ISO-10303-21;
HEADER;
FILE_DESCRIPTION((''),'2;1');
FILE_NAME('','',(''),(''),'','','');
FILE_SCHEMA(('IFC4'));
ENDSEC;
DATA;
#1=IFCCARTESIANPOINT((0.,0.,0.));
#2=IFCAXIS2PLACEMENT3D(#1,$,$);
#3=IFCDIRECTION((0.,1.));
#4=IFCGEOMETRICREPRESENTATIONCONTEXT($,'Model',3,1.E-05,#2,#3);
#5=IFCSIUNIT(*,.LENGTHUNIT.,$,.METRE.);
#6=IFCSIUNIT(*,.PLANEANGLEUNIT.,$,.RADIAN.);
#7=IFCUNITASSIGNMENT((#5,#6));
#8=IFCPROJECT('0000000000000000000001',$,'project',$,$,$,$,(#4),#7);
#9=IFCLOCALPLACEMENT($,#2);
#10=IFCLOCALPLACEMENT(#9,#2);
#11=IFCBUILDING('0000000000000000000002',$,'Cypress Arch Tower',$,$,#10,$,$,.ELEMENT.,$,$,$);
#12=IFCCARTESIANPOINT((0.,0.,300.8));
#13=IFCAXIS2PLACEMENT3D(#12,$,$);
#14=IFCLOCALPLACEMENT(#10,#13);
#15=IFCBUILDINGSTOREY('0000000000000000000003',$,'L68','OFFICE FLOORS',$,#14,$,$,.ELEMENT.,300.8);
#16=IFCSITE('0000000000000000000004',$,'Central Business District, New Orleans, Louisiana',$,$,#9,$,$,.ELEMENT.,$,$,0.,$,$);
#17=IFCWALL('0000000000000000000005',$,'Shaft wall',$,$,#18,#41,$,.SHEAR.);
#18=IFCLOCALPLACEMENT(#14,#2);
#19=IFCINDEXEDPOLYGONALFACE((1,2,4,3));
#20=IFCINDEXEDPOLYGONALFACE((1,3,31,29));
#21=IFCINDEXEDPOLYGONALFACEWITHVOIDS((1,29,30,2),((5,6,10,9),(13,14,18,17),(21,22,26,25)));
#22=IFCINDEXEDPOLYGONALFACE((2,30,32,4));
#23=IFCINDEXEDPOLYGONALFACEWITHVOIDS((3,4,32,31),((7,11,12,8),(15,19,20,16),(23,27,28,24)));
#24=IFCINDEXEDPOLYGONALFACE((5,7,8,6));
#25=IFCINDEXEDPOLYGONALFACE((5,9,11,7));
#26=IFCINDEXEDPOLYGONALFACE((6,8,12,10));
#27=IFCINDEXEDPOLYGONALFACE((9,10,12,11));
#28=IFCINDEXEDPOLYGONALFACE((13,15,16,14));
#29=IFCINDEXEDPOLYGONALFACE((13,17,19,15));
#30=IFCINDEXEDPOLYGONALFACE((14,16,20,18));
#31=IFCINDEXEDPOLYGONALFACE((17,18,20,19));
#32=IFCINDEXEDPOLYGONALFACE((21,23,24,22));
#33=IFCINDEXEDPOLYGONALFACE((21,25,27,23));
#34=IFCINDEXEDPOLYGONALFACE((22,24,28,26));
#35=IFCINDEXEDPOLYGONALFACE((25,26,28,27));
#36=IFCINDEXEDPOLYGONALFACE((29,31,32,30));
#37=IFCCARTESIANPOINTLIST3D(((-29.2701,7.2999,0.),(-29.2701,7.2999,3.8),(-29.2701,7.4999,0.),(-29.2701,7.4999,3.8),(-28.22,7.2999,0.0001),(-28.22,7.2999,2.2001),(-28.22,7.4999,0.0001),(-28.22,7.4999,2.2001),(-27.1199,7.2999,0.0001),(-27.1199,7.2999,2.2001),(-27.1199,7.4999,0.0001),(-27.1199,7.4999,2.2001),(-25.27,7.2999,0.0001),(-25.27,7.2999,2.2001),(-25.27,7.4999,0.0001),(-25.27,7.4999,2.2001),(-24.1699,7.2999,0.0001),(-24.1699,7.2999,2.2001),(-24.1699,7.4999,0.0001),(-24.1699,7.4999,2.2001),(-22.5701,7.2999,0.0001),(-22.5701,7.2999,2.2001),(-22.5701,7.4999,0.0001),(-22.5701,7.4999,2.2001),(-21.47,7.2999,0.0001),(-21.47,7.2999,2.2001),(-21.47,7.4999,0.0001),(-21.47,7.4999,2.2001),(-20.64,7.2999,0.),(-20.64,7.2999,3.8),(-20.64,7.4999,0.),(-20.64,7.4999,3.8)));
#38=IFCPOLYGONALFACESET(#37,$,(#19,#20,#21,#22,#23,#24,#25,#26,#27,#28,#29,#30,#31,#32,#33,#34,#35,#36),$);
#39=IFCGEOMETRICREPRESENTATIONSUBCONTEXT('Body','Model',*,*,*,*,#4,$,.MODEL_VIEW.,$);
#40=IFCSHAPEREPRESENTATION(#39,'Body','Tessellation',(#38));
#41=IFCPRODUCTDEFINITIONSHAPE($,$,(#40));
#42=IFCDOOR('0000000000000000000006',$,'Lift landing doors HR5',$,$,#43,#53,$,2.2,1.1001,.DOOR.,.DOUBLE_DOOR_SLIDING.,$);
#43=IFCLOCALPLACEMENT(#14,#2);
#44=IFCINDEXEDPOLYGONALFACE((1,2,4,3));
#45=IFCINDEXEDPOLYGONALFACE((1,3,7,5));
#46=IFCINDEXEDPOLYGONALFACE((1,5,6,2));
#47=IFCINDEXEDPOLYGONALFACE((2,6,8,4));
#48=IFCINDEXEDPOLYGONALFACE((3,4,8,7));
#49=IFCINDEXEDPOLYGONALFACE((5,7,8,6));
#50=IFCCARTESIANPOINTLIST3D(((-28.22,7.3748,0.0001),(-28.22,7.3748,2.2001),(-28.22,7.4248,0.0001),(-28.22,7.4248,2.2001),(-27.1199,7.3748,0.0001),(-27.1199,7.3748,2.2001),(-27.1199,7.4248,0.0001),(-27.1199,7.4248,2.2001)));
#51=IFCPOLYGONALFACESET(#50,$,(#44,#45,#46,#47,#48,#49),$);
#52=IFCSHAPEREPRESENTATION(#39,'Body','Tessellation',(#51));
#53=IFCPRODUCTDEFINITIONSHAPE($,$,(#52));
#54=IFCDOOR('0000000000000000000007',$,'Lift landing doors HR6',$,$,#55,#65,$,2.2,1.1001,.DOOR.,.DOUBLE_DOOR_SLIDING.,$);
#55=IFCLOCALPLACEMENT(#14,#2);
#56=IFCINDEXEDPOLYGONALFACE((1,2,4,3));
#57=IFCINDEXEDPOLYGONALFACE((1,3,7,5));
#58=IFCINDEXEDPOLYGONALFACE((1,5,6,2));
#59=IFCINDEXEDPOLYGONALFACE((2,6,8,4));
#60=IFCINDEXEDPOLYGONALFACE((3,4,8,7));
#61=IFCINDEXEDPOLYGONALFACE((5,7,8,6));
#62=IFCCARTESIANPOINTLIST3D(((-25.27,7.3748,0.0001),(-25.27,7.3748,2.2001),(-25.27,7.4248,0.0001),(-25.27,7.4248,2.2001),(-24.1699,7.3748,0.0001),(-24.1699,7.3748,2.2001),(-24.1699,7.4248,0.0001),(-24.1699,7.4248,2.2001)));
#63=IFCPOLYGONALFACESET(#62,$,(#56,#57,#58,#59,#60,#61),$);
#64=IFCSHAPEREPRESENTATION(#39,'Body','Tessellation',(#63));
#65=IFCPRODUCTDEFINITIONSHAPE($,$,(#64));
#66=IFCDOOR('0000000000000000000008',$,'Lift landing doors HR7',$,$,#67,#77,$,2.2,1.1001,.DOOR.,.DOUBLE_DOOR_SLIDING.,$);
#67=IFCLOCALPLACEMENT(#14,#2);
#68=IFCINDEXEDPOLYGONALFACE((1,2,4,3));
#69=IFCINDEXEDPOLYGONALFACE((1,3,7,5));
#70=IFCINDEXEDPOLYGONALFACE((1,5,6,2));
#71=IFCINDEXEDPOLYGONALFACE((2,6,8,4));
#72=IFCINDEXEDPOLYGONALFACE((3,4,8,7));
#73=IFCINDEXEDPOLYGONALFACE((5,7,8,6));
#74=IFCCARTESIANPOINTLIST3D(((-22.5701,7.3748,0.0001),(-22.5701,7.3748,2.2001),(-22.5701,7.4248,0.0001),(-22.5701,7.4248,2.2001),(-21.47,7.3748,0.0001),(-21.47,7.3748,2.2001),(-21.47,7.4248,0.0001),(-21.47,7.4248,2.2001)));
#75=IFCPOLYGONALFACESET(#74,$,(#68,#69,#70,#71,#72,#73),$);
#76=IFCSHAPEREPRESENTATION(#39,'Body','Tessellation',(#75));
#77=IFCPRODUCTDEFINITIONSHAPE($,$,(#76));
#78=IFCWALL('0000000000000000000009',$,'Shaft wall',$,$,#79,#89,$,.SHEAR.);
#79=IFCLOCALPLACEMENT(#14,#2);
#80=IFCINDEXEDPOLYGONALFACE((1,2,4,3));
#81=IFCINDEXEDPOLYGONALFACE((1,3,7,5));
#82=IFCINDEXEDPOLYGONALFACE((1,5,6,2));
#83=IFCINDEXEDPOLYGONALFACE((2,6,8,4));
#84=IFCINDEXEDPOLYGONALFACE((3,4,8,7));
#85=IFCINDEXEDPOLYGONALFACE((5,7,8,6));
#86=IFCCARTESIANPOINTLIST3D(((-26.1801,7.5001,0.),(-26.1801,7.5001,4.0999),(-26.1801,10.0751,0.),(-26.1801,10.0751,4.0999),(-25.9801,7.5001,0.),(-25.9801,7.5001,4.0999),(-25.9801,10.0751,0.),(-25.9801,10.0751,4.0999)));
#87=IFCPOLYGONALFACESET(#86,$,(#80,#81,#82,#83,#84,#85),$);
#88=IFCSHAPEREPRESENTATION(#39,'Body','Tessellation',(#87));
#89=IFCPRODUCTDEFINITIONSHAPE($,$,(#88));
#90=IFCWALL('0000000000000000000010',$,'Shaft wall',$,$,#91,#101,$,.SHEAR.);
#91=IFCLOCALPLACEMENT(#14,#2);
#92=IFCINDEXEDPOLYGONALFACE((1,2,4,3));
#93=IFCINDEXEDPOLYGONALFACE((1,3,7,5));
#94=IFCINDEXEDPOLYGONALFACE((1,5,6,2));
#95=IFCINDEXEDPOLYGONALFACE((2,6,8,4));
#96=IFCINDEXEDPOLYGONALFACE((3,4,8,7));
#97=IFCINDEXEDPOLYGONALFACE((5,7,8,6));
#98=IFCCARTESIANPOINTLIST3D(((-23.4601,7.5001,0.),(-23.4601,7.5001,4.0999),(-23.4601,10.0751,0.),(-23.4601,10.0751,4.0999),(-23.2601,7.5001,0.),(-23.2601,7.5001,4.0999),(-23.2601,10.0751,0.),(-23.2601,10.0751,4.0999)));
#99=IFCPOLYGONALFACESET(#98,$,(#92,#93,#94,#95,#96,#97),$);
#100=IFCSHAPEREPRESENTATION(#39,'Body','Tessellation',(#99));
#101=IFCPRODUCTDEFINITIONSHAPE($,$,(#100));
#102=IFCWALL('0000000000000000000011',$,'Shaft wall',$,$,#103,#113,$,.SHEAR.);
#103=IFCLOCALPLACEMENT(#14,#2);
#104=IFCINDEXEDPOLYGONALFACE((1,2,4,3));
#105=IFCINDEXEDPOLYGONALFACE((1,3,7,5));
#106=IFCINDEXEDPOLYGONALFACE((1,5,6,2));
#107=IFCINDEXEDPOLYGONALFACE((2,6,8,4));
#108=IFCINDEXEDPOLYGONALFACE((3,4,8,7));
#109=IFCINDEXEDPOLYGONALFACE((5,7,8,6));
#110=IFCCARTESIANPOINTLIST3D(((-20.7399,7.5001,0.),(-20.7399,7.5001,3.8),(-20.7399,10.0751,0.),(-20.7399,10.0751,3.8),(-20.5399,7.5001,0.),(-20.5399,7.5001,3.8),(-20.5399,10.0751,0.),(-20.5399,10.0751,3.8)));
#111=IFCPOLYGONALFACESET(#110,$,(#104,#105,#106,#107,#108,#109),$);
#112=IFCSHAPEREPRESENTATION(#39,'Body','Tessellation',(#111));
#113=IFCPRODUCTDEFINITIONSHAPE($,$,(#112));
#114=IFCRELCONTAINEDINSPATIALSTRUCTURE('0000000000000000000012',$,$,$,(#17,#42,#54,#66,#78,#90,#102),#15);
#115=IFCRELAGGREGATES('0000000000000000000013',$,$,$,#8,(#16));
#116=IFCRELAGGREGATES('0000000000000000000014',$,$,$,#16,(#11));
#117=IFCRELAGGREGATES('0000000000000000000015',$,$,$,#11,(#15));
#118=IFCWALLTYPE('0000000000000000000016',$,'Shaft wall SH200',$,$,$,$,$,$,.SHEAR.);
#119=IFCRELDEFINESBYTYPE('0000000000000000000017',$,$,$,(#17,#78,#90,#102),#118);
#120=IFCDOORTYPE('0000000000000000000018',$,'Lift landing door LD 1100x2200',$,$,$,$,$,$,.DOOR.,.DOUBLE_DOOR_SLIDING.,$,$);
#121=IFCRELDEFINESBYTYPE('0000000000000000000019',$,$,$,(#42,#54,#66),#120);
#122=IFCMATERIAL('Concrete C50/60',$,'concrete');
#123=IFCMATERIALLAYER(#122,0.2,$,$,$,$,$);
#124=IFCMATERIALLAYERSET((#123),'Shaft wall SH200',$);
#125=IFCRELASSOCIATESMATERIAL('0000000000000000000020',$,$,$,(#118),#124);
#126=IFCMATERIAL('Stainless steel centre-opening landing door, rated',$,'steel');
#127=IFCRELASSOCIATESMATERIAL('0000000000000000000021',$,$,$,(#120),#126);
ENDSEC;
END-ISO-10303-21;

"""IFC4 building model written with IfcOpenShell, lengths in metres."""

from ifc_helpers import new_model, si_unit, direction, frame, frame_2d, origin, place, context, subcontext, project, spatial, rectangle, extrude, material, layer, layer_set, type_object, element, fill, save


model = new_model("IFC4")

# Units and contexts
model_context = context("Model", 3, precision=1e-05, world=origin(), true_north=direction((0.0, 1.0)))
body_context = subcontext(model_context, "Body", "Model", "MODEL_VIEW")
ifc_project = project(units=[si_unit("LENGTHUNIT", "METRE"), si_unit("PLANEANGLEUNIT", "RADIAN")], contexts=[model_context])

# Site, building, storey
site_placement = place(None, origin())
site = spatial("IfcSite", under=ifc_project, at=site_placement, Name="Central Business District, New Orleans, Louisiana", CompositionType="ELEMENT", RefElevation=0.0)
building_placement = place(site_placement, origin())
building = spatial("IfcBuilding", under=site, at=building_placement, Name="Cypress Arch Tower", CompositionType="ELEMENT")
storey_placement = place(building_placement, frame((0.0, 0.0, 300.8)))
storey = spatial("IfcBuildingStorey", under=building, at=storey_placement, Name="L68", Description="OFFICE FLOORS", CompositionType="ELEMENT", Elevation=300.8)

# Wall, openings, doors
ifc_material_1 = material(Name="Concrete C50/60", Category="concrete")
ifc_layer_1 = layer(ifc_material_1, 0.2)
ifc_layer_set_1 = layer_set([ifc_layer_1], Name="Shaft wall SH200")
wall_type_1 = type_object("IfcWallType", Name="Shaft wall SH200", PredefinedType="SHEAR", material=ifc_layer_set_1)
wall_1_placement = place(storey_placement, frame((-29.27, 7.3999, 0.0), z_axis=(0.0, 0.0, 1.0), x_axis=(1.0, 0.0, 0.0)))
wall_1 = element("IfcWall", 1, at=wall_1_placement, inside=storey, type_object=wall_type_1, Name="Shaft wall", PredefinedType="SHEAR", context=body_context, shape_type="SweptSolid", body=[
    extrude(rectangle(XDim=8.6301, YDim=0.2, at=frame_2d((4.3149, 0.0))), origin(), (0.0, 0.0, 1.0), 3.8),
])
opening_1_placement = place(wall_1_placement, frame((1.05, 0.0, 0.0)))
opening_1 = element("IfcOpeningElement", 2, at=opening_1_placement, cuts=wall_1, PredefinedType="OPENING", context=body_context, shape_type="SweptSolid", body=[
    extrude(rectangle(XDim=1.1001, YDim=2.2, at=frame_2d((0.55, 1.1001))), frame((0.0, 0.1099, 0.0), z_axis=(0.0, -1.0, 0.0), x_axis=(1.0, 0.0, 0.0)), (0.0, 0.0, 1.0), 0.22),
])
opening_2_placement = place(wall_1_placement, frame((4.0, 0.0, 0.0)))
opening_2 = element("IfcOpeningElement", 3, at=opening_2_placement, cuts=wall_1, PredefinedType="OPENING", context=body_context, shape_type="SweptSolid", body=[
    extrude(rectangle(XDim=1.1001, YDim=2.2, at=frame_2d((0.55, 1.1001))), frame((0.0, 0.1099, 0.0), z_axis=(0.0, -1.0, 0.0), x_axis=(1.0, 0.0, 0.0)), (0.0, 0.0, 1.0), 0.22),
])
opening_3_placement = place(wall_1_placement, frame((6.7, 0.0, 0.0)))
opening_3 = element("IfcOpeningElement", 4, at=opening_3_placement, cuts=wall_1, PredefinedType="OPENING", context=body_context, shape_type="SweptSolid", body=[
    extrude(rectangle(XDim=1.1001, YDim=2.2, at=frame_2d((0.55, 1.1001))), frame((0.0, 0.1099, 0.0), z_axis=(0.0, -1.0, 0.0), x_axis=(1.0, 0.0, 0.0)), (0.0, 0.0, 1.0), 0.22),
])
ifc_material_2 = material(Name="Stainless steel centre-opening landing door, rated", Category="steel")
door_type_1 = type_object("IfcDoorType", Name="Lift landing door LD 1100x2200", OperationType="DOUBLE_DOOR_SLIDING", PredefinedType="DOOR", material=ifc_material_2)
door_1_placement = place(opening_1_placement, origin())
door_1 = element("IfcDoor", 5, at=door_1_placement, inside=storey, type_object=door_type_1, Name="Lift landing doors HR5", OperationType="DOUBLE_DOOR_SLIDING", OverallHeight=2.2, OverallWidth=1.1001, PredefinedType="DOOR", context=body_context, shape_type="SweptSolid", body=[
    extrude(rectangle(XDim=1.1001, YDim=2.2, at=frame_2d((0.55, 1.1001))), frame((0.0, 0.0249, 0.0), z_axis=(0.0, -1.0, 0.0), x_axis=(1.0, 0.0, 0.0)), (0.0, 0.0, 1.0), 0.05),
])
fill(opening_1, door_1)
door_2_placement = place(opening_2_placement, origin())
door_2 = element("IfcDoor", 6, at=door_2_placement, inside=storey, type_object=door_type_1, Name="Lift landing doors HR6", OperationType="DOUBLE_DOOR_SLIDING", OverallHeight=2.2, OverallWidth=1.1001, PredefinedType="DOOR", context=body_context, shape_type="SweptSolid", body=[
    extrude(rectangle(XDim=1.1001, YDim=2.2, at=frame_2d((0.55, 1.1001))), frame((0.0, 0.0249, 0.0), z_axis=(0.0, -1.0, 0.0), x_axis=(1.0, 0.0, 0.0)), (0.0, 0.0, 1.0), 0.05),
])
fill(opening_2, door_2)
door_3_placement = place(opening_3_placement, origin())
door_3 = element("IfcDoor", 7, at=door_3_placement, inside=storey, type_object=door_type_1, Name="Lift landing doors HR7", OperationType="DOUBLE_DOOR_SLIDING", OverallHeight=2.2, OverallWidth=1.1001, PredefinedType="DOOR", context=body_context, shape_type="SweptSolid", body=[
    extrude(rectangle(XDim=1.1001, YDim=2.2, at=frame_2d((0.55, 1.1001))), frame((0.0, 0.0249, 0.0), z_axis=(0.0, -1.0, 0.0), x_axis=(1.0, 0.0, 0.0)), (0.0, 0.0, 1.0), 0.05),
])
fill(opening_3, door_3)

# Walls
for number, where, z_axis, x_axis, name in (
    (8, (-26.0801, 7.5, 0.0), (0.0, 0.0, 1.0), (0.0, 1.0, 0.0), "Shaft wall"),
    (9, (-23.3601, 7.5, 0.0), (0.0, 0.0, 1.0), (0.0, 1.0, 0.0), "Shaft wall"),
):
    element("IfcWall", number, at=place(storey_placement, frame(where, z_axis=z_axis, x_axis=x_axis)), inside=storey, type_object=wall_type_1, Name=name, PredefinedType="SHEAR", context=body_context, shape_type="SweptSolid", body=[
        extrude(rectangle(XDim=2.575, YDim=0.2, at=frame_2d((1.2876, 0.0))), origin(), (0.0, 0.0, 1.0), 4.0999),
    ])
wall_2_placement = place(storey_placement, frame((-20.6399, 7.5, 0.0), z_axis=(0.0, 0.0, 1.0), x_axis=(0.0, 1.0, 0.0)))
element("IfcWall", 10, at=wall_2_placement, inside=storey, type_object=wall_type_1, Name="Shaft wall", PredefinedType="SHEAR", context=body_context, shape_type="SweptSolid", body=[
    extrude(rectangle(XDim=2.575, YDim=0.2, at=frame_2d((1.2876, 0.0))), origin(), (0.0, 0.0, 1.0), 3.8),
])

save(model, "model.ifc")
